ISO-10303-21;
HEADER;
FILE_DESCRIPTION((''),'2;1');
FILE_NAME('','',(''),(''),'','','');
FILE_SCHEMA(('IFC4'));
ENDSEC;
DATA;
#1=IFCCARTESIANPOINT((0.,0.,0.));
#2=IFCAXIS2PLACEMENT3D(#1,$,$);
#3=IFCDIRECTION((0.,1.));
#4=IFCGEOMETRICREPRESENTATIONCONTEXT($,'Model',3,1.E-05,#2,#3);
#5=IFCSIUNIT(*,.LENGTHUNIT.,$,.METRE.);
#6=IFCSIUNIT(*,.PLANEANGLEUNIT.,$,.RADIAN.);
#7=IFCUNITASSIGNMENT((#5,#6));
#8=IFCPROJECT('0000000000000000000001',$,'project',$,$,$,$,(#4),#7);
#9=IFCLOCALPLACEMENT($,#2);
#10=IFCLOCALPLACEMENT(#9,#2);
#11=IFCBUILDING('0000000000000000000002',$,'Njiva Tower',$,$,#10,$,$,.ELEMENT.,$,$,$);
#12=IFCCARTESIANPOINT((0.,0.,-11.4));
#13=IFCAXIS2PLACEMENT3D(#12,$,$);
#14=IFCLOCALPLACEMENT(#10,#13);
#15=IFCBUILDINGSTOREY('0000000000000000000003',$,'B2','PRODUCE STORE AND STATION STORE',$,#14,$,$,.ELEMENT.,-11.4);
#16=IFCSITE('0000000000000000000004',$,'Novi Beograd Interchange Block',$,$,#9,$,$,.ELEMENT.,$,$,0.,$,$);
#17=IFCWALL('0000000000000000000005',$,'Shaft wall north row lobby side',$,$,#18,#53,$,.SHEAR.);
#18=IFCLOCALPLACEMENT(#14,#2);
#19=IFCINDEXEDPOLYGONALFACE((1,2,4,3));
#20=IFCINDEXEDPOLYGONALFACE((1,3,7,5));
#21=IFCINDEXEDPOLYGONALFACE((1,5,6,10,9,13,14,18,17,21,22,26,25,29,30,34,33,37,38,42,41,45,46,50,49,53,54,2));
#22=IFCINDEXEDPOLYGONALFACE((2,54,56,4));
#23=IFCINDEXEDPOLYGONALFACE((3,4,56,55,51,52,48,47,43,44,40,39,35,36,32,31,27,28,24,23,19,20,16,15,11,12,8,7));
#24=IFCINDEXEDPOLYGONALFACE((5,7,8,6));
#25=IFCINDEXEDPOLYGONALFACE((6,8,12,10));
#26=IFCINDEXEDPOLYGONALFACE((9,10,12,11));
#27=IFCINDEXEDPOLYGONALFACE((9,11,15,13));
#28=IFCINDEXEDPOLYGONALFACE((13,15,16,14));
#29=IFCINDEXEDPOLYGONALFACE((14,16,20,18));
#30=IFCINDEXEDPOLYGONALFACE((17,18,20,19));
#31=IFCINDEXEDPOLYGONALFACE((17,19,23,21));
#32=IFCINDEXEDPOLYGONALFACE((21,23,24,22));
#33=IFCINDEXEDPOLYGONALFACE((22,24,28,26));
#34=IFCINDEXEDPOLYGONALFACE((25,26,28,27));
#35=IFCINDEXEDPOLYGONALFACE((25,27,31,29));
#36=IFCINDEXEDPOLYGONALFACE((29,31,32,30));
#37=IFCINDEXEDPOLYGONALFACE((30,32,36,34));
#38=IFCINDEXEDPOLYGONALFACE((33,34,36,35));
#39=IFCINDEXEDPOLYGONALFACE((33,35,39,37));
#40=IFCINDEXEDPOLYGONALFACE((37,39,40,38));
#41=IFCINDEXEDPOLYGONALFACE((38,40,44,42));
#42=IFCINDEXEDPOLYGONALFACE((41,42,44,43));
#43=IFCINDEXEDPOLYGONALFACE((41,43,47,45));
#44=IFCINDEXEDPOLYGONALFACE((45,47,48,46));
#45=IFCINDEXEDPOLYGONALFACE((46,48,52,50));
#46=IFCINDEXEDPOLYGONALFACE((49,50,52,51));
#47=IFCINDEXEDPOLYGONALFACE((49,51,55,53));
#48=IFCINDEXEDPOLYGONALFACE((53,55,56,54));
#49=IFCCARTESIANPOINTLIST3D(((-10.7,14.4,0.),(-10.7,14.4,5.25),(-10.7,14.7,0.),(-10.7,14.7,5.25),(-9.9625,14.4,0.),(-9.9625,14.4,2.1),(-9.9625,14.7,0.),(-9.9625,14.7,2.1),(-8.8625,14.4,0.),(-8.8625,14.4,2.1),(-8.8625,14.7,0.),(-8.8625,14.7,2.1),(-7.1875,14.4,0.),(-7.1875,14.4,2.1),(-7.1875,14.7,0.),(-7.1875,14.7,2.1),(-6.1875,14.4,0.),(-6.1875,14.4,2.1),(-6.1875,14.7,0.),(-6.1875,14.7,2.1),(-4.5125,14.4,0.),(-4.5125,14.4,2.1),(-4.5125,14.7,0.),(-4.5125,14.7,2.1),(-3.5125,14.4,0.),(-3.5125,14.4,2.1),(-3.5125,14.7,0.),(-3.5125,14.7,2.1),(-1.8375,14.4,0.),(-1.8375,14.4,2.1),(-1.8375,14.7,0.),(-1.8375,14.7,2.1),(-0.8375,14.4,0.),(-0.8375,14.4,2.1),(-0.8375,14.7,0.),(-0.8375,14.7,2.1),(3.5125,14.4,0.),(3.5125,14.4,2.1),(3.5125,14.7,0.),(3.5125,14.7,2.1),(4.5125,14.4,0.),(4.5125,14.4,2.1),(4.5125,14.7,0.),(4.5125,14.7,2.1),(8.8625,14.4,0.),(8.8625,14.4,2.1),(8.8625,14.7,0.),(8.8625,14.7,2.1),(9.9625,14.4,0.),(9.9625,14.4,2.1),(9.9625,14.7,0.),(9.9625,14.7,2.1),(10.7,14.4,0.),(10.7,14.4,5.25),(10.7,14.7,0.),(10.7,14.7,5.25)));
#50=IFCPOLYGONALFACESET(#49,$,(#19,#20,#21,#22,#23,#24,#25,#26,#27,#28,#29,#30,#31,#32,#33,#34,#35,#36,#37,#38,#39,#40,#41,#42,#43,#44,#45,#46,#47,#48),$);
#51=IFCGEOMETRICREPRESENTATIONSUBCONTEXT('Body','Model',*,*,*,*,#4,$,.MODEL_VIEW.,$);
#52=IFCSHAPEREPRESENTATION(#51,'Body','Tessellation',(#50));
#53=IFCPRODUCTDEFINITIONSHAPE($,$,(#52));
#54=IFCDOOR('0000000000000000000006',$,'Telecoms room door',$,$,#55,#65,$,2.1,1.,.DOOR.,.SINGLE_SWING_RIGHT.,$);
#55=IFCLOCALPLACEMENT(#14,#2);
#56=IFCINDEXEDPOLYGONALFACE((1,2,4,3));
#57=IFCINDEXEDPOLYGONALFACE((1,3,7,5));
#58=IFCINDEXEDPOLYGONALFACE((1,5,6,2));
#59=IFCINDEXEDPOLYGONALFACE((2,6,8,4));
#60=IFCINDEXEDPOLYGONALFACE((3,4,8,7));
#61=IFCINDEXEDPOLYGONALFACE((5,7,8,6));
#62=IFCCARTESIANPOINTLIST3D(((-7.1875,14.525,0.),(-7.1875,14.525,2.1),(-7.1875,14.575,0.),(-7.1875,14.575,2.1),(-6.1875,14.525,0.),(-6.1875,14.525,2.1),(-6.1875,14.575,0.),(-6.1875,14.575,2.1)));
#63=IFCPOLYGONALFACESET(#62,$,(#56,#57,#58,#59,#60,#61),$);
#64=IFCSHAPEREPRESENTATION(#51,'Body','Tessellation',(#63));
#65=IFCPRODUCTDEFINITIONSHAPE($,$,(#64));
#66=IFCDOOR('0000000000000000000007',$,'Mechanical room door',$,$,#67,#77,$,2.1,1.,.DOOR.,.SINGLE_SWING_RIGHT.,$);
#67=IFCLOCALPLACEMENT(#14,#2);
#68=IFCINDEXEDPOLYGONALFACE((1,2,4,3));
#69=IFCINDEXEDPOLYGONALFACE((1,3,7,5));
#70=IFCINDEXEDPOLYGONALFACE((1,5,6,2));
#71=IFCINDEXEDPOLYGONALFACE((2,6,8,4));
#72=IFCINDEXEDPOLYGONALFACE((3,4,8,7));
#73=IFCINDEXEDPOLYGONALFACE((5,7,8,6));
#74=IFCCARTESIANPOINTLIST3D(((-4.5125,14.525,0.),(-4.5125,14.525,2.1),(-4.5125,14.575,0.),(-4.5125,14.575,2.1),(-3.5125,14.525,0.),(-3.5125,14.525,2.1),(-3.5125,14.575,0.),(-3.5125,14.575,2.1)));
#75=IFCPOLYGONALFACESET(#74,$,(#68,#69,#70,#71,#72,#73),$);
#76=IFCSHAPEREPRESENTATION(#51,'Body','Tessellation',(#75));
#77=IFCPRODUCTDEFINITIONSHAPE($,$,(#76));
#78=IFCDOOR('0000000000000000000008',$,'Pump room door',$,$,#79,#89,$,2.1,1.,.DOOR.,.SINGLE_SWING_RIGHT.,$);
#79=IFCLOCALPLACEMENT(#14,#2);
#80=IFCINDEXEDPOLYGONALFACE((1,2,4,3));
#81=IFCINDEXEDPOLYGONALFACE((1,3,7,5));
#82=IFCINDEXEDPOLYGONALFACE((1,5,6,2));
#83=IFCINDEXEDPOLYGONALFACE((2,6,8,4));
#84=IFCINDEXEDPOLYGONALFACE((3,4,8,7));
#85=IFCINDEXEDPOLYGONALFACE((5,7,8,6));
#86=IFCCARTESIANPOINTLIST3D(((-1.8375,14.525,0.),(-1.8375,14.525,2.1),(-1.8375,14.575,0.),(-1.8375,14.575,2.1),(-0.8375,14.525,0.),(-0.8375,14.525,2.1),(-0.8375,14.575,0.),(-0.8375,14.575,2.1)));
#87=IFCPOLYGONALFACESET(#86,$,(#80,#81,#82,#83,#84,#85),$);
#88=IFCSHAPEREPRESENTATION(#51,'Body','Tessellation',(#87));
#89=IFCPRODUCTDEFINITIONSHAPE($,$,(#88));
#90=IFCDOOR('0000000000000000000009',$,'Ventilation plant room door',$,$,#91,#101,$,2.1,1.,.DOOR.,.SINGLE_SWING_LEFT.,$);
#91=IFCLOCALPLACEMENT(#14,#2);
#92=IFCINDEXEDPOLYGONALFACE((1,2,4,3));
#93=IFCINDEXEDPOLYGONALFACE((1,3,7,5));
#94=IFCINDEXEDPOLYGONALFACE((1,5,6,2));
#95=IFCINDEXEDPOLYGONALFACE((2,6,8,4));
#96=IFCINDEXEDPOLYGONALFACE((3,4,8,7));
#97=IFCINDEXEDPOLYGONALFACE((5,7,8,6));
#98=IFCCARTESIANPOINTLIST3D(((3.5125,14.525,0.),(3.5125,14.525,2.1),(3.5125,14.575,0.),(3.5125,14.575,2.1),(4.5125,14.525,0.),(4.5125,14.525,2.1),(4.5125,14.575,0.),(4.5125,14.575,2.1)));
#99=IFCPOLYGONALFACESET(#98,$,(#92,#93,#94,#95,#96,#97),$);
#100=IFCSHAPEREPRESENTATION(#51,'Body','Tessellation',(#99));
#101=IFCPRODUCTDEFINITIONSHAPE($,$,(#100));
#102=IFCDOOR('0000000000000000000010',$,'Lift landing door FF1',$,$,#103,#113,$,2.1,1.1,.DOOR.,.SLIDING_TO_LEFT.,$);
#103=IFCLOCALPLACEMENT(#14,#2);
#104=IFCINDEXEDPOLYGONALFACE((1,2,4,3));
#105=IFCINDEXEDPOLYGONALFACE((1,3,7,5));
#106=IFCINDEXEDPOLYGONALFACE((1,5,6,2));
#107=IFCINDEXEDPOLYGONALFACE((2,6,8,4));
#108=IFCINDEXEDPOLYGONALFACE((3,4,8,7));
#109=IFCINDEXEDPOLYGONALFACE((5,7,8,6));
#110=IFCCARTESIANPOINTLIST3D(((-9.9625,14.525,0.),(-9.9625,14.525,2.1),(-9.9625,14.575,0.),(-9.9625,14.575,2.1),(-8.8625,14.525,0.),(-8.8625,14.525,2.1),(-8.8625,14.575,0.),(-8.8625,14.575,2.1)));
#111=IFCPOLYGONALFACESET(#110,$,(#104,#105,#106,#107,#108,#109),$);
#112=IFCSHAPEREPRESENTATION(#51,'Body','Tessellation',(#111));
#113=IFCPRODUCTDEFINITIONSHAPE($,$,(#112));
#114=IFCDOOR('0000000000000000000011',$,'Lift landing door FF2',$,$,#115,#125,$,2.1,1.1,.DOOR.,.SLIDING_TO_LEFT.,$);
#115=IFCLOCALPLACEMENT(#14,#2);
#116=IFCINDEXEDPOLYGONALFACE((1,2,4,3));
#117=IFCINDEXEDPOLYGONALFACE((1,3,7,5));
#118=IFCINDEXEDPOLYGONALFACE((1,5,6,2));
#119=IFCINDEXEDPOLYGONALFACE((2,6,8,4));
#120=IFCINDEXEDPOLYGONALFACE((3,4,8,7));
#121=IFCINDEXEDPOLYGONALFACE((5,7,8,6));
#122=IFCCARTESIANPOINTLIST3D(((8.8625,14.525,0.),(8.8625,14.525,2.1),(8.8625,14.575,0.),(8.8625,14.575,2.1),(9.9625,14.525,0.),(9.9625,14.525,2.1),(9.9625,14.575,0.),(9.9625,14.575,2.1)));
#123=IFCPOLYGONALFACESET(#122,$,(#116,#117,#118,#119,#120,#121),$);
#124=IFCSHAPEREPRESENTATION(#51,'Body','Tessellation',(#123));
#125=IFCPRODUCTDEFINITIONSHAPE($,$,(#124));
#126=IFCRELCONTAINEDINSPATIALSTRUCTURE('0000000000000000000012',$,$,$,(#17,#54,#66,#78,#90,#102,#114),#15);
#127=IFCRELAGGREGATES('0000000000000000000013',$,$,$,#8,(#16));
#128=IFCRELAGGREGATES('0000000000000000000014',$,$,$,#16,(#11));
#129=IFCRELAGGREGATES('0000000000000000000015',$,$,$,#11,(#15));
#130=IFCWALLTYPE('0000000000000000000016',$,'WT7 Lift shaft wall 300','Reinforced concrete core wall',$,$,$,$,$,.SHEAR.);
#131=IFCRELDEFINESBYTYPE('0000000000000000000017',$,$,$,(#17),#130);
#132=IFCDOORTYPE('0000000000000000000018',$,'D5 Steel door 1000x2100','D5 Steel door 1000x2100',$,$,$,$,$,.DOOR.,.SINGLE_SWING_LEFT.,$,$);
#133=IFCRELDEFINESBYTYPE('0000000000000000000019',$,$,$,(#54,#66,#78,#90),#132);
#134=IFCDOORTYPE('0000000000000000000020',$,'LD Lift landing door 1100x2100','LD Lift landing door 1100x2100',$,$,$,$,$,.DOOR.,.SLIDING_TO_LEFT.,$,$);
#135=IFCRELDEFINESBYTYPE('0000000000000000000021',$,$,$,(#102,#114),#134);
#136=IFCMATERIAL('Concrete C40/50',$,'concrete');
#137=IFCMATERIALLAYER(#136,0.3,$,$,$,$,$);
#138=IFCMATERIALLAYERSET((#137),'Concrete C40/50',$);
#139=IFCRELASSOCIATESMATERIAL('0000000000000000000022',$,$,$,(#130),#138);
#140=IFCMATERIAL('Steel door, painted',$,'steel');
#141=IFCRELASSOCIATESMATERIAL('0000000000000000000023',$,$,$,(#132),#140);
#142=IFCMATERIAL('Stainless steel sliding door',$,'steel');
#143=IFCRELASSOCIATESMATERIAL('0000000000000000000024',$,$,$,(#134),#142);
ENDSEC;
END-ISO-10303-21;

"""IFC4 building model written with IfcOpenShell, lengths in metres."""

from ifc_helpers import new_model, si_unit, direction, frame, frame_2d, origin, place, context, subcontext, project, spatial, rectangle, extrude, material, layer, layer_set, type_object, element, fill, save


model = new_model("IFC4")

# Units and contexts
model_context = context("Model", 3, precision=1e-05, world=origin(), true_north=direction((0.0, 1.0)))
body_context = subcontext(model_context, "Body", "Model", "MODEL_VIEW")
ifc_project = project(units=[si_unit("LENGTHUNIT", "METRE"), si_unit("PLANEANGLEUNIT", "RADIAN")], contexts=[model_context])

# Site, building, storey
site_placement = place(None, origin())
site = spatial("IfcSite", under=ifc_project, at=site_placement, Name="Novi Beograd Interchange Block", CompositionType="ELEMENT", RefElevation=0.0)
building_placement = place(site_placement, origin())
building = spatial("IfcBuilding", under=site, at=building_placement, Name="Njiva Tower", CompositionType="ELEMENT")
storey_placement = place(building_placement, frame((0.0, 0.0, -11.4)))
storey = spatial("IfcBuildingStorey", under=building, at=storey_placement, Name="B2", Description="PRODUCE STORE AND STATION STORE", CompositionType="ELEMENT", Elevation=-11.4)

# Shared definitions
ifc_material_1 = material(Name="Concrete C40/50", Category="concrete")

# Wall, openings, doors
ifc_layer_1 = layer(ifc_material_1, 0.3)
ifc_layer_set_1 = layer_set([ifc_layer_1], Name="Concrete C40/50")
wall_type_1 = type_object("IfcWallType", Name="WT7 Lift shaft wall 300", Description="Reinforced concrete core wall", PredefinedType="SHEAR", material=ifc_layer_set_1)
wall_1_placement = place(storey_placement, frame((-10.7, 14.55, 0.0), z_axis=(0.0, 0.0, 1.0), x_axis=(1.0, 0.0, 0.0)))
wall_1 = element("IfcWall", 1, at=wall_1_placement, inside=storey, type_object=wall_type_1, Name="Shaft wall north row lobby side", PredefinedType="SHEAR", context=body_context, shape_type="SweptSolid", body=[
    extrude(rectangle(XDim=21.4, YDim=0.3, at=frame_2d((10.7, 0.0))), origin(), (0.0, 0.0, 1.0), 5.25),
])
opening_1_placement = place(wall_1_placement, frame((0.7375, 0.0, 0.0)))
opening_1 = element("IfcOpeningElement", 2, at=opening_1_placement, cuts=wall_1, PredefinedType="OPENING", context=body_context, shape_type="SweptSolid", body=[
    extrude(rectangle(XDim=1.1, YDim=2.1, at=frame_2d((0.55, 1.05))), frame((0.0, 0.16, 0.0), z_axis=(0.0, -1.0, 0.0), x_axis=(1.0, 0.0, 0.0)), (0.0, 0.0, 1.0), 0.32),
])
opening_2_placement = place(wall_1_placement, frame((19.5625, 0.0, 0.0)))
opening_2 = element("IfcOpeningElement", 3, at=opening_2_placement, cuts=wall_1, PredefinedType="OPENING", context=body_context, shape_type="SweptSolid", body=[
    extrude(rectangle(XDim=1.1, YDim=2.1, at=frame_2d((0.55, 1.05))), frame((0.0, 0.16, 0.0), z_axis=(0.0, -1.0, 0.0), x_axis=(1.0, 0.0, 0.0)), (0.0, 0.0, 1.0), 0.32),
])
opening_3_placement = place(wall_1_placement, frame((3.5125, 0.0, 0.0)))
opening_3 = element("IfcOpeningElement", 4, at=opening_3_placement, cuts=wall_1, PredefinedType="OPENING", context=body_context, shape_type="SweptSolid", body=[
    extrude(rectangle(XDim=1.0, YDim=2.1, at=frame_2d((0.5, 1.05))), frame((0.0, 0.16, 0.0), z_axis=(0.0, -1.0, 0.0), x_axis=(1.0, 0.0, 0.0)), (0.0, 0.0, 1.0), 0.32),
])
opening_4_placement = place(wall_1_placement, frame((6.1875, 0.0, 0.0)))
opening_4 = element("IfcOpeningElement", 5, at=opening_4_placement, cuts=wall_1, PredefinedType="OPENING", context=body_context, shape_type="SweptSolid", body=[
    extrude(rectangle(XDim=1.0, YDim=2.1, at=frame_2d((0.5, 1.05))), frame((0.0, 0.16, 0.0), z_axis=(0.0, -1.0, 0.0), x_axis=(1.0, 0.0, 0.0)), (0.0, 0.0, 1.0), 0.32),
])
opening_5_placement = place(wall_1_placement, frame((8.8625, 0.0, 0.0)))
opening_5 = element("IfcOpeningElement", 6, at=opening_5_placement, cuts=wall_1, PredefinedType="OPENING", context=body_context, shape_type="SweptSolid", body=[
    extrude(rectangle(XDim=1.0, YDim=2.1, at=frame_2d((0.5, 1.05))), frame((0.0, 0.16, 0.0), z_axis=(0.0, -1.0, 0.0), x_axis=(1.0, 0.0, 0.0)), (0.0, 0.0, 1.0), 0.32),
])
opening_6_placement = place(wall_1_placement, frame((14.2125, 0.0, 0.0)))
opening_6 = element("IfcOpeningElement", 7, at=opening_6_placement, cuts=wall_1, PredefinedType="OPENING", context=body_context, shape_type="SweptSolid", body=[
    extrude(rectangle(XDim=1.0, YDim=2.1, at=frame_2d((0.5, 1.05))), frame((0.0, 0.16, 0.0), z_axis=(0.0, -1.0, 0.0), x_axis=(1.0, 0.0, 0.0)), (0.0, 0.0, 1.0), 0.32),
])
ifc_material_2 = material(Name="Steel door, painted", Category="steel")
door_type_1 = type_object("IfcDoorType", Name="D5 Steel door 1000x2100", Description="D5 Steel door 1000x2100", OperationType="SINGLE_SWING_LEFT", PredefinedType="DOOR", material=ifc_material_2)
door_1_placement = place(opening_3_placement, origin())
door_1 = element("IfcDoor", 8, at=door_1_placement, inside=storey, type_object=door_type_1, Name="Telecoms room door", OperationType="SINGLE_SWING_RIGHT", OverallHeight=2.1, OverallWidth=1.0, PredefinedType="DOOR", context=body_context, shape_type="SweptSolid", body=[
    extrude(rectangle(XDim=1.0, YDim=2.1, at=frame_2d((0.5, 1.05))), frame((0.0, 0.025, 0.0), z_axis=(0.0, -1.0, 0.0), x_axis=(1.0, 0.0, 0.0)), (0.0, 0.0, 1.0), 0.05),
])
fill(opening_3, door_1)
door_2_placement = place(opening_4_placement, origin())
door_2 = element("IfcDoor", 9, at=door_2_placement, inside=storey, type_object=door_type_1, Name="Mechanical room door", OperationType="SINGLE_SWING_RIGHT", OverallHeight=2.1, OverallWidth=1.0, PredefinedType="DOOR", context=body_context, shape_type="SweptSolid", body=[
    extrude(rectangle(XDim=1.0, YDim=2.1, at=frame_2d((0.5, 1.05))), frame((0.0, 0.025, 0.0), z_axis=(0.0, -1.0, 0.0), x_axis=(1.0, 0.0, 0.0)), (0.0, 0.0, 1.0), 0.05),
])
fill(opening_4, door_2)
door_3_placement = place(opening_5_placement, origin())
door_3 = element("IfcDoor", 10, at=door_3_placement, inside=storey, type_object=door_type_1, Name="Pump room door", OperationType="SINGLE_SWING_RIGHT", OverallHeight=2.1, OverallWidth=1.0, PredefinedType="DOOR", context=body_context, shape_type="SweptSolid", body=[
    extrude(rectangle(XDim=1.0, YDim=2.1, at=frame_2d((0.5, 1.05))), frame((0.0, 0.025, 0.0), z_axis=(0.0, -1.0, 0.0), x_axis=(1.0, 0.0, 0.0)), (0.0, 0.0, 1.0), 0.05),
])
fill(opening_5, door_3)
door_4_placement = place(opening_6_placement, origin())
door_4 = element("IfcDoor", 11, at=door_4_placement, inside=storey, type_object=door_type_1, Name="Ventilation plant room door", OperationType="SINGLE_SWING_LEFT", OverallHeight=2.1, OverallWidth=1.0, PredefinedType="DOOR", context=body_context, shape_type="SweptSolid", body=[
    extrude(rectangle(XDim=1.0, YDim=2.1, at=frame_2d((0.5, 1.05))), frame((0.0, 0.025, 0.0), z_axis=(0.0, -1.0, 0.0), x_axis=(1.0, 0.0, 0.0)), (0.0, 0.0, 1.0), 0.05),
])
fill(opening_6, door_4)
ifc_material_3 = material(Name="Stainless steel sliding door", Category="steel")
door_type_2 = type_object("IfcDoorType", Name="LD Lift landing door 1100x2100", Description="LD Lift landing door 1100x2100", OperationType="SLIDING_TO_LEFT", PredefinedType="DOOR", material=ifc_material_3)
door_5_placement = place(opening_1_placement, origin())
door_5 = element("IfcDoor", 12, at=door_5_placement, inside=storey, type_object=door_type_2, Name="Lift landing door FF1", OperationType="SLIDING_TO_LEFT", OverallHeight=2.1, OverallWidth=1.1, PredefinedType="DOOR", context=body_context, shape_type="SweptSolid", body=[
    extrude(rectangle(XDim=1.1, YDim=2.1, at=frame_2d((0.55, 1.05))), frame((0.0, 0.025, 0.0), z_axis=(0.0, -1.0, 0.0), x_axis=(1.0, 0.0, 0.0)), (0.0, 0.0, 1.0), 0.05),
])
fill(opening_1, door_5)
door_6_placement = place(opening_2_placement, origin())
door_6 = element("IfcDoor", 13, at=door_6_placement, inside=storey, type_object=door_type_2, Name="Lift landing door FF2", OperationType="SLIDING_TO_LEFT", OverallHeight=2.1, OverallWidth=1.1, PredefinedType="DOOR", context=body_context, shape_type="SweptSolid", body=[
    extrude(rectangle(XDim=1.1, YDim=2.1, at=frame_2d((0.55, 1.05))), frame((0.0, 0.025, 0.0), z_axis=(0.0, -1.0, 0.0), x_axis=(1.0, 0.0, 0.0)), (0.0, 0.0, 1.0), 0.05),
])
fill(opening_2, door_6)

save(model, "model.ifc")
